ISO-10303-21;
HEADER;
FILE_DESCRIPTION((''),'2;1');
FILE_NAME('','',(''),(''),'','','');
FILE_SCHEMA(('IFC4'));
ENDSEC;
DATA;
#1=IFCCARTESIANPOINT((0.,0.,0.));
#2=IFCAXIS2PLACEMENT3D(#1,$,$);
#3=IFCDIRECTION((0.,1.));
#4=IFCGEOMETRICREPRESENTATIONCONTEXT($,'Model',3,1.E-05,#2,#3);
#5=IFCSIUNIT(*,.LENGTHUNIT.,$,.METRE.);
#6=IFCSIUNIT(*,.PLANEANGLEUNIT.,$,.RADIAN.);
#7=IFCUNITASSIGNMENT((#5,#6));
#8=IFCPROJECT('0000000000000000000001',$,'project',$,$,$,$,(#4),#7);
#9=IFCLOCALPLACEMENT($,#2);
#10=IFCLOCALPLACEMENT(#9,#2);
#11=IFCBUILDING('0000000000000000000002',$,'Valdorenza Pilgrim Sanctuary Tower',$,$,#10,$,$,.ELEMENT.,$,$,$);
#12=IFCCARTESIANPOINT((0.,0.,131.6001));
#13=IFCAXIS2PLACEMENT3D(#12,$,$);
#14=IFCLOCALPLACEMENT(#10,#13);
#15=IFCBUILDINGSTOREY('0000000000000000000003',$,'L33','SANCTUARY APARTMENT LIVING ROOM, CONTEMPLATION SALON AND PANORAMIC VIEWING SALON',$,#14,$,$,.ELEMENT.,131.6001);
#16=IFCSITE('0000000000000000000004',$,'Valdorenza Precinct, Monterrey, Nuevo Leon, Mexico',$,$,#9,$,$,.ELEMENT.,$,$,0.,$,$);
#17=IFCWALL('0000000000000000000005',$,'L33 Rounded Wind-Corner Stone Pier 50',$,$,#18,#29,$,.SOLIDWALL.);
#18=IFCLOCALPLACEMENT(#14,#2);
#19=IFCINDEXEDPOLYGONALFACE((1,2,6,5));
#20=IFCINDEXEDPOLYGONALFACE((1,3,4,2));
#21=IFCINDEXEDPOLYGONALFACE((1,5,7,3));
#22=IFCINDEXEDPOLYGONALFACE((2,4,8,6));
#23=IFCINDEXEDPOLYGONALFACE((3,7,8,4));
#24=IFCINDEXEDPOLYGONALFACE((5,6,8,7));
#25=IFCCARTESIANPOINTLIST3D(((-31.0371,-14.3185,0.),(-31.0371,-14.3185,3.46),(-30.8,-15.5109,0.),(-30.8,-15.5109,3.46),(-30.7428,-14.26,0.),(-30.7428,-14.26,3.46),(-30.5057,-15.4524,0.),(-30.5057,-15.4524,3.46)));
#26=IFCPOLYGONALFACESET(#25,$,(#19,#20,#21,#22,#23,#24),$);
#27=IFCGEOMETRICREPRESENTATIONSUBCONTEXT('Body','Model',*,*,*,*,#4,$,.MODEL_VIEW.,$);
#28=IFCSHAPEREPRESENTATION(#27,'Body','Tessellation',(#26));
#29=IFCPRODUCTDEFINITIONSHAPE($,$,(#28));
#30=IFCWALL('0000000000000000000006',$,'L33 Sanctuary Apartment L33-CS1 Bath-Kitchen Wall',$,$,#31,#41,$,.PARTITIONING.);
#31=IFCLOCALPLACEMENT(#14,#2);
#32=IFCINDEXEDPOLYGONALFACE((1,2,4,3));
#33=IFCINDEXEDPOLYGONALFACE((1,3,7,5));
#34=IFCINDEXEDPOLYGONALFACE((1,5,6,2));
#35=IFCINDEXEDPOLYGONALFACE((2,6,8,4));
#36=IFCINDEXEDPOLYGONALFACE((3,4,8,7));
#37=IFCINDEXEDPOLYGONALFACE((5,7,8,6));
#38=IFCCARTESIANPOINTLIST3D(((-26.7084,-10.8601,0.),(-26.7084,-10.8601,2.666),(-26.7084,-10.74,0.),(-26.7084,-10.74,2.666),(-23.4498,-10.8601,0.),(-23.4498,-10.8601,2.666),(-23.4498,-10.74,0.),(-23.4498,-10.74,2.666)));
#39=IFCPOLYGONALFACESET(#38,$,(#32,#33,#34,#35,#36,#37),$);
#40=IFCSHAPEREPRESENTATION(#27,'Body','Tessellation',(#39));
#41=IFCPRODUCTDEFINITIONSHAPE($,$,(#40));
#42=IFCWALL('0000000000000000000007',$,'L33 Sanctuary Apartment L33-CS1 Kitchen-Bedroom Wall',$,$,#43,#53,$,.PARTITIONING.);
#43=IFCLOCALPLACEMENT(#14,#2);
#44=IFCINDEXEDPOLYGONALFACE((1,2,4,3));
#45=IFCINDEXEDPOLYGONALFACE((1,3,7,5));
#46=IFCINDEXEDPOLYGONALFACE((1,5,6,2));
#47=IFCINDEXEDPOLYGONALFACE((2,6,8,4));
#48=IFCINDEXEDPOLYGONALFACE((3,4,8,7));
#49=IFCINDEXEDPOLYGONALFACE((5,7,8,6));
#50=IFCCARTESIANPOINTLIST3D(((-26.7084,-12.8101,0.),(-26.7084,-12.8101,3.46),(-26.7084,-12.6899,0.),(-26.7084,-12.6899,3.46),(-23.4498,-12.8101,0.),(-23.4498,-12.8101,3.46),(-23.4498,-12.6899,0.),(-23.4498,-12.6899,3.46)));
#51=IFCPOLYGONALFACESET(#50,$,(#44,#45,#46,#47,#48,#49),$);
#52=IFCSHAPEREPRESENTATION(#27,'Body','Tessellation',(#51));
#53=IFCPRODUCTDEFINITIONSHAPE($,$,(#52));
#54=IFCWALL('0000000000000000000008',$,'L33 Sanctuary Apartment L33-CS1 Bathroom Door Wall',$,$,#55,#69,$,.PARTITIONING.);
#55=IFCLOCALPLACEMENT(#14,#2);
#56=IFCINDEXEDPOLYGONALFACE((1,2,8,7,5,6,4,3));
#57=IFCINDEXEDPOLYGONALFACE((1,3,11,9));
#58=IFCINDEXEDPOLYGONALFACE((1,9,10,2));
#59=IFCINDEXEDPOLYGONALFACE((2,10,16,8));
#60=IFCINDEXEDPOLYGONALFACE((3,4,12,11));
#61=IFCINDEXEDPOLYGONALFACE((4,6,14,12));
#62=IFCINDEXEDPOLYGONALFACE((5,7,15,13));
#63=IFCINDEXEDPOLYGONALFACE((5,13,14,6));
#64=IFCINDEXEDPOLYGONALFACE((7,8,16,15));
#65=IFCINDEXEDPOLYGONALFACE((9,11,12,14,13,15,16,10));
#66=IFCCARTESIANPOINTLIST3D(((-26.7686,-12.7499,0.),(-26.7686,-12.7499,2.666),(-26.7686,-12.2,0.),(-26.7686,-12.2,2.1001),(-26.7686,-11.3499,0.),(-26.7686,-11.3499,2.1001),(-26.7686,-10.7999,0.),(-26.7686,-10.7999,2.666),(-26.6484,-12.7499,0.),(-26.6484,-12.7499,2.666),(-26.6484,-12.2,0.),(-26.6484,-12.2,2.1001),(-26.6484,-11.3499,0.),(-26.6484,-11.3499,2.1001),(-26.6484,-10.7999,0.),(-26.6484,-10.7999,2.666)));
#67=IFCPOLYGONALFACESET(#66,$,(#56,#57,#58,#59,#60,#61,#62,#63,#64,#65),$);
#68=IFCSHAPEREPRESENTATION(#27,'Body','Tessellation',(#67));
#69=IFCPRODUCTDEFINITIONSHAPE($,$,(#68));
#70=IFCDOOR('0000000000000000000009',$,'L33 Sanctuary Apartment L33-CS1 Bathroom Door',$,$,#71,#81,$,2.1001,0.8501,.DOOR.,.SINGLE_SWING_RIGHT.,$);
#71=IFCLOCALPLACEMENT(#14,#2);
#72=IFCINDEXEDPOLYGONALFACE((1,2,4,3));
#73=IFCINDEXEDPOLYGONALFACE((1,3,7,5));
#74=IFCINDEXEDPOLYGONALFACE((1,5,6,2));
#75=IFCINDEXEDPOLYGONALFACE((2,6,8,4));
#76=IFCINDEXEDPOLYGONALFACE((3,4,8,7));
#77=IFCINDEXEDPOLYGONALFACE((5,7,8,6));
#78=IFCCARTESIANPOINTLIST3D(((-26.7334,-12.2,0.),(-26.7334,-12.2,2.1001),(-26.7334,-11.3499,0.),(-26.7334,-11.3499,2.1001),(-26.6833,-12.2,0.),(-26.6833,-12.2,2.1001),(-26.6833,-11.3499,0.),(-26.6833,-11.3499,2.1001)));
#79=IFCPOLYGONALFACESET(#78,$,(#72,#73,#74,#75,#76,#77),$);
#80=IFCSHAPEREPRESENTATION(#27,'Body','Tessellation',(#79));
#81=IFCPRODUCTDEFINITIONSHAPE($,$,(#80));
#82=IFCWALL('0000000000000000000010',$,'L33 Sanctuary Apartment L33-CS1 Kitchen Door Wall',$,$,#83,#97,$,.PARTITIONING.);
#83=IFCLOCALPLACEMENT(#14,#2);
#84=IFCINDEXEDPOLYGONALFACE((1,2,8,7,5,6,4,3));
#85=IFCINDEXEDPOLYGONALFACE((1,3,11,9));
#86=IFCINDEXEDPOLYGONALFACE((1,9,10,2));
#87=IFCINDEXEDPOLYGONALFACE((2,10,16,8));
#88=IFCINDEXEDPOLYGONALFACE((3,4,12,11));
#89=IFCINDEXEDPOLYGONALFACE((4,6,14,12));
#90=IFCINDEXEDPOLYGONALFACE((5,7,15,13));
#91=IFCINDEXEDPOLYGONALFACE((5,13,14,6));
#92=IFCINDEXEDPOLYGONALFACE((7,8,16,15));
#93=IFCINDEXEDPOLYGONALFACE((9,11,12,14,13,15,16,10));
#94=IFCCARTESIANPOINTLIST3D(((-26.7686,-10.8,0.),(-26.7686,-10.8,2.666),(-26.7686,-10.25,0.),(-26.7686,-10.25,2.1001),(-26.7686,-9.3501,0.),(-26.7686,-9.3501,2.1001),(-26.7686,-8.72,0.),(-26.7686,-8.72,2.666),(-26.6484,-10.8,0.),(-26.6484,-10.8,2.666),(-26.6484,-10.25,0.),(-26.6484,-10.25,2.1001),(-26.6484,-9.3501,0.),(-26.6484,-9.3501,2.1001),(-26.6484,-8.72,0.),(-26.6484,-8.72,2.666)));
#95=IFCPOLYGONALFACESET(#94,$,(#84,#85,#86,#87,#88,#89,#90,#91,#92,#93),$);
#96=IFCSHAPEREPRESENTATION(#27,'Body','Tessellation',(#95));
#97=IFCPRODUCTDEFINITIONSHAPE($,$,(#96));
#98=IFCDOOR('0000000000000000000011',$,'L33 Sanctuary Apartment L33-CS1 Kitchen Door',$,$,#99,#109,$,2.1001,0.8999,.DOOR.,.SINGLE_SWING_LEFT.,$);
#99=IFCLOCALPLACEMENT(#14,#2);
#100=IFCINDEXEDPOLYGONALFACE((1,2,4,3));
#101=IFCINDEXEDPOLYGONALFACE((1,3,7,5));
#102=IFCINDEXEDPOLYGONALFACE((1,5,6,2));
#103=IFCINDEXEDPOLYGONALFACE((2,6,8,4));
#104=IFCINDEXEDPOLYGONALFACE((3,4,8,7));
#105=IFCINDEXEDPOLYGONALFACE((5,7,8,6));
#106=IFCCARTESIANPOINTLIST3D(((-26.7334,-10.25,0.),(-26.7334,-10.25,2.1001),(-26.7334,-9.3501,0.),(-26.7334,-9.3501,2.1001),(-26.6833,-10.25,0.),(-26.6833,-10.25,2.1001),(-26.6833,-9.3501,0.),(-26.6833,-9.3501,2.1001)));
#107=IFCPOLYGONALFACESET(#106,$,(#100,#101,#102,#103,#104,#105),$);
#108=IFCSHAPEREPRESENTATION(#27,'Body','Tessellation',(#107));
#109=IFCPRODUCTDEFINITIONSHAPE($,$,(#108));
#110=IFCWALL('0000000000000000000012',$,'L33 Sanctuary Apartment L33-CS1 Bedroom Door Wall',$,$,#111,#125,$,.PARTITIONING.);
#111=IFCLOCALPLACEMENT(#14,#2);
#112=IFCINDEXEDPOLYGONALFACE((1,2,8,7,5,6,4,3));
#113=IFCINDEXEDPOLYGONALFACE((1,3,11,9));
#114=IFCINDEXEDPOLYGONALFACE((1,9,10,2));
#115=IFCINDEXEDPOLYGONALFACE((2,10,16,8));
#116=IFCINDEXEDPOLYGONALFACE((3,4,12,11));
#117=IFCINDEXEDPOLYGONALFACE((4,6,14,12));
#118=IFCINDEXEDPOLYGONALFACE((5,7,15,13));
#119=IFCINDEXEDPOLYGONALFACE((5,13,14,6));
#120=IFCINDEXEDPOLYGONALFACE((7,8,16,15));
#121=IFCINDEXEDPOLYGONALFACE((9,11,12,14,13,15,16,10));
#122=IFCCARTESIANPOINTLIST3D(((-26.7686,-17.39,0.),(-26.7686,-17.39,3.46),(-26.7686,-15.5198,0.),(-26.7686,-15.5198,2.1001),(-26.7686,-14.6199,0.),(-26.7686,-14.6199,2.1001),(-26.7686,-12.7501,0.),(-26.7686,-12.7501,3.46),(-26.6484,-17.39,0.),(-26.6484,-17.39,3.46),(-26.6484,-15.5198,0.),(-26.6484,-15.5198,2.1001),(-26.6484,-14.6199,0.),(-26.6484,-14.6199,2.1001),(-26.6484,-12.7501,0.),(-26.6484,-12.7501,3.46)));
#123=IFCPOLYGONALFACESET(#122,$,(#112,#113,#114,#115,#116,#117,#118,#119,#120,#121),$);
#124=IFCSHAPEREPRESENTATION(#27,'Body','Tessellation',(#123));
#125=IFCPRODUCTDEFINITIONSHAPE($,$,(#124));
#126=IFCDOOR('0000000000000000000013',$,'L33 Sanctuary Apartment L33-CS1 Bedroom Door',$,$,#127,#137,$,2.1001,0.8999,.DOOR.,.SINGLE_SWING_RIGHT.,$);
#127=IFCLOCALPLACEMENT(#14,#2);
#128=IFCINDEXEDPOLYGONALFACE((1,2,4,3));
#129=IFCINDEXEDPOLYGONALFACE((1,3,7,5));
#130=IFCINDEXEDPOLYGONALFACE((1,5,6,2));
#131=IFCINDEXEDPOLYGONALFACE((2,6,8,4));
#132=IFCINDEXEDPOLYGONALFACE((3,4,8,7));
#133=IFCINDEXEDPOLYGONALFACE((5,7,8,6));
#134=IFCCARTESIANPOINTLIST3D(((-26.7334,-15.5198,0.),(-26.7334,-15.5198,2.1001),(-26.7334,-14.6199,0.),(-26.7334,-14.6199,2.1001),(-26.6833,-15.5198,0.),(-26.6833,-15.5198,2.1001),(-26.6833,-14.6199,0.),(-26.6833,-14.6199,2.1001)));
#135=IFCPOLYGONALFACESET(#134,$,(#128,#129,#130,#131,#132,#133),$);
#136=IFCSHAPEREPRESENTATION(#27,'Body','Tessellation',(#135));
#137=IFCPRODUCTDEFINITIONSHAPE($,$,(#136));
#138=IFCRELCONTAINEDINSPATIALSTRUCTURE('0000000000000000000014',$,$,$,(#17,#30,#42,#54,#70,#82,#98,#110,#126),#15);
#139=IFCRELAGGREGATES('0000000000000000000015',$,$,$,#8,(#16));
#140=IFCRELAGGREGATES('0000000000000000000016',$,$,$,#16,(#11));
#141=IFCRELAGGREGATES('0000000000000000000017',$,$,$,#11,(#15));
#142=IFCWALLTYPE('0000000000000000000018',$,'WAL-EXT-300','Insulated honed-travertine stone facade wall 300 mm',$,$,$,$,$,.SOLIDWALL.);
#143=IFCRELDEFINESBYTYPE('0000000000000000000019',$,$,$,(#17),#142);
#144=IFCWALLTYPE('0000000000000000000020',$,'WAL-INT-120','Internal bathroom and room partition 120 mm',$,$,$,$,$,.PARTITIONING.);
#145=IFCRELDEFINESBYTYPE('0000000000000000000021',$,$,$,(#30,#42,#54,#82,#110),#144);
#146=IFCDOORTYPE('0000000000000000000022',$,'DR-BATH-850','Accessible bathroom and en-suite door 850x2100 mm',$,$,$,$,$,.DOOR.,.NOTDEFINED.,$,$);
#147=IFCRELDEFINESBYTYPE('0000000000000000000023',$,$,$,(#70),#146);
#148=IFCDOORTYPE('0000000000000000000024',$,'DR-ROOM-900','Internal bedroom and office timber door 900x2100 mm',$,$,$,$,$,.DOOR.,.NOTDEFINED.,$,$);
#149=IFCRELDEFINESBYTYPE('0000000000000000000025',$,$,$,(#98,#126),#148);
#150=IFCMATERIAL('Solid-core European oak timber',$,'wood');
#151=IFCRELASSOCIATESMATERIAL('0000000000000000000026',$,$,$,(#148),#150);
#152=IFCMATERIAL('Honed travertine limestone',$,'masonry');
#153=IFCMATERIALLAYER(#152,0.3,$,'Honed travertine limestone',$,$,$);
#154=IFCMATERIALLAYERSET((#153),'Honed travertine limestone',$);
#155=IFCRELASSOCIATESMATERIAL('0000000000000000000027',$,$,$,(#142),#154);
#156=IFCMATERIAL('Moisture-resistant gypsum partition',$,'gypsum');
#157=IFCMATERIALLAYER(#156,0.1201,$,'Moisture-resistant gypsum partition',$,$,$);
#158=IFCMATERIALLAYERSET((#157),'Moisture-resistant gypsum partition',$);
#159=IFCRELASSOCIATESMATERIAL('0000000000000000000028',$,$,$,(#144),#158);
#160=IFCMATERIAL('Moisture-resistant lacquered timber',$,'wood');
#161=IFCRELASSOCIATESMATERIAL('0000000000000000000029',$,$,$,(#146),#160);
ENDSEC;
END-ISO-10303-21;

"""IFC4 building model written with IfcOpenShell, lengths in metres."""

from ifc_helpers import new_model, si_unit, direction, frame, frame_2d, origin, place, context, subcontext, project, spatial, rectangle, extrude, material, layer, layer_set, type_object, element, fill, save


model = new_model("IFC4")

# Units and contexts
model_context = context("Model", 3, precision=1e-05, world=origin(), true_north=direction((0.0, 1.0)))
body_context = subcontext(model_context, "Body", "Model", "MODEL_VIEW")
ifc_project = project(units=[si_unit("LENGTHUNIT", "METRE"), si_unit("PLANEANGLEUNIT", "RADIAN")], contexts=[model_context])

# Site, building, storey
site_placement = place(None, origin())
site = spatial("IfcSite", under=ifc_project, at=site_placement, Name="Valdorenza Precinct, Monterrey, Nuevo Leon, Mexico", CompositionType="ELEMENT", RefElevation=0.0)
building_placement = place(site_placement, origin())
building = spatial("IfcBuilding", under=site, at=building_placement, Name="Valdorenza Pilgrim Sanctuary Tower", CompositionType="ELEMENT")
storey_placement = place(building_placement, frame((0.0, 0.0, 131.6001)))
storey = spatial("IfcBuildingStorey", under=building, at=storey_placement, Name="L33", Description="SANCTUARY APARTMENT LIVING ROOM, CONTEMPLATION SALON AND PANORAMIC VIEWING SALON", CompositionType="ELEMENT", Elevation=131.6001)

# Shared definitions
ifc_material_1 = material(Name="Honed travertine limestone", Category="masonry")

# Shared definitions
ifc_material_2 = material(Name="Solid-core European oak timber", Category="wood")
door_type_1 = type_object("IfcDoorType", Name="DR-ROOM-900", Description="Internal bedroom and office timber door 900x2100 mm", OperationType="NOTDEFINED", PredefinedType="DOOR", material=ifc_material_2)

# Walls
ifc_layer_1 = layer(ifc_material_1, 0.3, Name="Honed travertine limestone")
ifc_layer_set_1 = layer_set([ifc_layer_1], Name="Honed travertine limestone")
wall_type_1 = type_object("IfcWallType", Name="WAL-EXT-300", Description="Insulated honed-travertine stone facade wall 300 mm", PredefinedType="SOLIDWALL", material=ifc_layer_set_1)
wall_1_placement = place(storey_placement, frame((-30.6528, -15.4817, 0.0), z_axis=(0.0, 0.0, 1.0), x_axis=(-0.194996, 0.980804, 0.0)))
element("IfcWall", 1, at=wall_1_placement, inside=storey, type_object=wall_type_1, Name="L33 Rounded Wind-Corner Stone Pier 50", PredefinedType="SOLIDWALL", context=body_context, shape_type="SweptSolid", body=[
    extrude(rectangle(XDim=1.2158, YDim=0.3, at=frame_2d((0.6079, 0.0))), origin(), (0.0, 0.0, 1.0), 3.46),
])
ifc_material_3 = material(Name="Moisture-resistant gypsum partition", Category="gypsum")
ifc_layer_2 = layer(ifc_material_3, 0.1201, Name="Moisture-resistant gypsum partition")
ifc_layer_set_2 = layer_set([ifc_layer_2], Name="Moisture-resistant gypsum partition")
wall_type_2 = type_object("IfcWallType", Name="WAL-INT-120", Description="Internal bathroom and room partition 120 mm", PredefinedType="PARTITIONING", material=ifc_layer_set_2)
wall_2_placement = place(storey_placement, frame((-26.7085, -10.8, 0.0), z_axis=(0.0, 0.0, 1.0), x_axis=(1.0, 0.0, 0.0)))
element("IfcWall", 2, at=wall_2_placement, inside=storey, type_object=wall_type_2, Name="L33 Sanctuary Apartment L33-CS1 Bath-Kitchen Wall", PredefinedType="PARTITIONING", context=body_context, shape_type="SweptSolid", body=[
    extrude(rectangle(XDim=3.2585, YDim=0.1201, at=frame_2d((1.6294, 0.0))), origin(), (0.0, 0.0, 1.0), 2.666),
])
wall_3_placement = place(storey_placement, frame((-26.7085, -12.75, 0.0), z_axis=(0.0, 0.0, 1.0), x_axis=(1.0, 0.0, 0.0)))
element("IfcWall", 3, at=wall_3_placement, inside=storey, type_object=wall_type_2, Name="L33 Sanctuary Apartment L33-CS1 Kitchen-Bedroom Wall", PredefinedType="PARTITIONING", context=body_context, shape_type="SweptSolid", body=[
    extrude(rectangle(XDim=3.2585, YDim=0.1201, at=frame_2d((1.6294, 0.0))), origin(), (0.0, 0.0, 1.0), 3.46),
])

# Walls, openings, doors
wall_4_placement = place(storey_placement, frame((-26.7085, -12.75, 0.0), z_axis=(0.0, 0.0, 1.0), x_axis=(0.0, 1.0, 0.0)))
wall_4 = element("IfcWall", 4, at=wall_4_placement, inside=storey, type_object=wall_type_2, Name="L33 Sanctuary Apartment L33-CS1 Bathroom Door Wall", PredefinedType="PARTITIONING", context=body_context, shape_type="SweptSolid", body=[
    extrude(rectangle(XDim=1.95, YDim=0.1201, at=frame_2d((0.9751, 0.0))), origin(), (0.0, 0.0, 1.0), 2.666),
])
opening_1_placement = place(wall_4_placement, frame((0.55, 0.0, 0.0)))
opening_1 = element("IfcOpeningElement", 5, at=opening_1_placement, cuts=wall_4, PredefinedType="OPENING", context=body_context, shape_type="SweptSolid", body=[
    extrude(rectangle(XDim=0.8501, YDim=2.1001, at=frame_2d((0.425, 1.05))), frame((0.0, 0.075, 0.0), z_axis=(0.0, -1.0, 0.0), x_axis=(1.0, 0.0, 0.0)), (0.0, 0.0, 1.0), 0.1499),
])
ifc_material_4 = material(Name="Moisture-resistant lacquered timber", Category="wood")
door_type_2 = type_object("IfcDoorType", Name="DR-BATH-850", Description="Accessible bathroom and en-suite door 850x2100 mm", OperationType="NOTDEFINED", PredefinedType="DOOR", material=ifc_material_4)
door_1_placement = place(opening_1_placement, origin())
door_1 = element("IfcDoor", 6, at=door_1_placement, inside=storey, type_object=door_type_2, Name="L33 Sanctuary Apartment L33-CS1 Bathroom Door", OperationType="SINGLE_SWING_RIGHT", OverallHeight=2.1001, OverallWidth=0.8501, PredefinedType="DOOR", context=body_context, shape_type="SweptSolid", body=[
    extrude(rectangle(XDim=0.8501, YDim=2.1001, at=frame_2d((0.425, 1.05))), frame((0.0, 0.0249, 0.0), z_axis=(0.0, -1.0, 0.0), x_axis=(1.0, 0.0, 0.0)), (0.0, 0.0, 1.0), 0.05),
])
fill(opening_1, door_1)
wall_5_placement = place(storey_placement, frame((-26.7085, -10.8, 0.0), z_axis=(0.0, 0.0, 1.0), x_axis=(0.0, 1.0, 0.0)))
wall_5 = element("IfcWall", 7, at=wall_5_placement, inside=storey, type_object=wall_type_2, Name="L33 Sanctuary Apartment L33-CS1 Kitchen Door Wall", PredefinedType="PARTITIONING", context=body_context, shape_type="SweptSolid", body=[
    extrude(rectangle(XDim=2.0801, YDim=0.1201, at=frame_2d((1.04, 0.0))), origin(), (0.0, 0.0, 1.0), 2.666),
])
opening_2_placement = place(wall_5_placement, frame((0.55, 0.0, 0.0)))
opening_2 = element("IfcOpeningElement", 8, at=opening_2_placement, cuts=wall_5, PredefinedType="OPENING", context=body_context, shape_type="SweptSolid", body=[
    extrude(rectangle(XDim=0.8999, YDim=2.1001, at=frame_2d((0.45, 1.05))), frame((0.0, 0.075, 0.0), z_axis=(0.0, -1.0, 0.0), x_axis=(1.0, 0.0, 0.0)), (0.0, 0.0, 1.0), 0.1499),
])
door_2_placement = place(opening_2_placement, origin())
door_2 = element("IfcDoor", 9, at=door_2_placement, inside=storey, type_object=door_type_1, Name="L33 Sanctuary Apartment L33-CS1 Kitchen Door", OperationType="SINGLE_SWING_LEFT", OverallHeight=2.1001, OverallWidth=0.8999, PredefinedType="DOOR", context=body_context, shape_type="SweptSolid", body=[
    extrude(rectangle(XDim=0.8999, YDim=2.1001, at=frame_2d((0.45, 1.05))), frame((0.0, 0.0249, 0.0), z_axis=(0.0, -1.0, 0.0), x_axis=(1.0, 0.0, 0.0)), (0.0, 0.0, 1.0), 0.05),
])
fill(opening_2, door_2)
wall_6_placement = place(storey_placement, frame((-26.7085, -17.3899, 0.0), z_axis=(0.0, 0.0, 1.0), x_axis=(0.0, 1.0, 0.0)))
wall_6 = element("IfcWall", 10, at=wall_6_placement, inside=storey, type_object=wall_type_2, Name="L33 Sanctuary Apartment L33-CS1 Bedroom Door Wall", PredefinedType="PARTITIONING", context=body_context, shape_type="SweptSolid", body=[
    extrude(rectangle(XDim=4.6399, YDim=0.1201, at=frame_2d((2.3198, 0.0))), origin(), (0.0, 0.0, 1.0), 3.46),
])
opening_3_placement = place(wall_6_placement, frame((1.8701, 0.0, 0.0)))
opening_3 = element("IfcOpeningElement", 11, at=opening_3_placement, cuts=wall_6, PredefinedType="OPENING", context=body_context, shape_type="SweptSolid", body=[
    extrude(rectangle(XDim=0.8999, YDim=2.1001, at=frame_2d((0.45, 1.05))), frame((0.0, 0.075, 0.0), z_axis=(0.0, -1.0, 0.0), x_axis=(1.0, 0.0, 0.0)), (0.0, 0.0, 1.0), 0.1499),
])
door_3_placement = place(opening_3_placement, origin())
door_3 = element("IfcDoor", 12, at=door_3_placement, inside=storey, type_object=door_type_1, Name="L33 Sanctuary Apartment L33-CS1 Bedroom Door", OperationType="SINGLE_SWING_RIGHT", OverallHeight=2.1001, OverallWidth=0.8999, PredefinedType="DOOR", context=body_context, shape_type="SweptSolid", body=[
    extrude(rectangle(XDim=0.8999, YDim=2.1001, at=frame_2d((0.45, 1.05))), frame((0.0, 0.0249, 0.0), z_axis=(0.0, -1.0, 0.0), x_axis=(1.0, 0.0, 0.0)), (0.0, 0.0, 1.0), 0.05),
])
fill(opening_3, door_3)

save(model, "model.ifc")
